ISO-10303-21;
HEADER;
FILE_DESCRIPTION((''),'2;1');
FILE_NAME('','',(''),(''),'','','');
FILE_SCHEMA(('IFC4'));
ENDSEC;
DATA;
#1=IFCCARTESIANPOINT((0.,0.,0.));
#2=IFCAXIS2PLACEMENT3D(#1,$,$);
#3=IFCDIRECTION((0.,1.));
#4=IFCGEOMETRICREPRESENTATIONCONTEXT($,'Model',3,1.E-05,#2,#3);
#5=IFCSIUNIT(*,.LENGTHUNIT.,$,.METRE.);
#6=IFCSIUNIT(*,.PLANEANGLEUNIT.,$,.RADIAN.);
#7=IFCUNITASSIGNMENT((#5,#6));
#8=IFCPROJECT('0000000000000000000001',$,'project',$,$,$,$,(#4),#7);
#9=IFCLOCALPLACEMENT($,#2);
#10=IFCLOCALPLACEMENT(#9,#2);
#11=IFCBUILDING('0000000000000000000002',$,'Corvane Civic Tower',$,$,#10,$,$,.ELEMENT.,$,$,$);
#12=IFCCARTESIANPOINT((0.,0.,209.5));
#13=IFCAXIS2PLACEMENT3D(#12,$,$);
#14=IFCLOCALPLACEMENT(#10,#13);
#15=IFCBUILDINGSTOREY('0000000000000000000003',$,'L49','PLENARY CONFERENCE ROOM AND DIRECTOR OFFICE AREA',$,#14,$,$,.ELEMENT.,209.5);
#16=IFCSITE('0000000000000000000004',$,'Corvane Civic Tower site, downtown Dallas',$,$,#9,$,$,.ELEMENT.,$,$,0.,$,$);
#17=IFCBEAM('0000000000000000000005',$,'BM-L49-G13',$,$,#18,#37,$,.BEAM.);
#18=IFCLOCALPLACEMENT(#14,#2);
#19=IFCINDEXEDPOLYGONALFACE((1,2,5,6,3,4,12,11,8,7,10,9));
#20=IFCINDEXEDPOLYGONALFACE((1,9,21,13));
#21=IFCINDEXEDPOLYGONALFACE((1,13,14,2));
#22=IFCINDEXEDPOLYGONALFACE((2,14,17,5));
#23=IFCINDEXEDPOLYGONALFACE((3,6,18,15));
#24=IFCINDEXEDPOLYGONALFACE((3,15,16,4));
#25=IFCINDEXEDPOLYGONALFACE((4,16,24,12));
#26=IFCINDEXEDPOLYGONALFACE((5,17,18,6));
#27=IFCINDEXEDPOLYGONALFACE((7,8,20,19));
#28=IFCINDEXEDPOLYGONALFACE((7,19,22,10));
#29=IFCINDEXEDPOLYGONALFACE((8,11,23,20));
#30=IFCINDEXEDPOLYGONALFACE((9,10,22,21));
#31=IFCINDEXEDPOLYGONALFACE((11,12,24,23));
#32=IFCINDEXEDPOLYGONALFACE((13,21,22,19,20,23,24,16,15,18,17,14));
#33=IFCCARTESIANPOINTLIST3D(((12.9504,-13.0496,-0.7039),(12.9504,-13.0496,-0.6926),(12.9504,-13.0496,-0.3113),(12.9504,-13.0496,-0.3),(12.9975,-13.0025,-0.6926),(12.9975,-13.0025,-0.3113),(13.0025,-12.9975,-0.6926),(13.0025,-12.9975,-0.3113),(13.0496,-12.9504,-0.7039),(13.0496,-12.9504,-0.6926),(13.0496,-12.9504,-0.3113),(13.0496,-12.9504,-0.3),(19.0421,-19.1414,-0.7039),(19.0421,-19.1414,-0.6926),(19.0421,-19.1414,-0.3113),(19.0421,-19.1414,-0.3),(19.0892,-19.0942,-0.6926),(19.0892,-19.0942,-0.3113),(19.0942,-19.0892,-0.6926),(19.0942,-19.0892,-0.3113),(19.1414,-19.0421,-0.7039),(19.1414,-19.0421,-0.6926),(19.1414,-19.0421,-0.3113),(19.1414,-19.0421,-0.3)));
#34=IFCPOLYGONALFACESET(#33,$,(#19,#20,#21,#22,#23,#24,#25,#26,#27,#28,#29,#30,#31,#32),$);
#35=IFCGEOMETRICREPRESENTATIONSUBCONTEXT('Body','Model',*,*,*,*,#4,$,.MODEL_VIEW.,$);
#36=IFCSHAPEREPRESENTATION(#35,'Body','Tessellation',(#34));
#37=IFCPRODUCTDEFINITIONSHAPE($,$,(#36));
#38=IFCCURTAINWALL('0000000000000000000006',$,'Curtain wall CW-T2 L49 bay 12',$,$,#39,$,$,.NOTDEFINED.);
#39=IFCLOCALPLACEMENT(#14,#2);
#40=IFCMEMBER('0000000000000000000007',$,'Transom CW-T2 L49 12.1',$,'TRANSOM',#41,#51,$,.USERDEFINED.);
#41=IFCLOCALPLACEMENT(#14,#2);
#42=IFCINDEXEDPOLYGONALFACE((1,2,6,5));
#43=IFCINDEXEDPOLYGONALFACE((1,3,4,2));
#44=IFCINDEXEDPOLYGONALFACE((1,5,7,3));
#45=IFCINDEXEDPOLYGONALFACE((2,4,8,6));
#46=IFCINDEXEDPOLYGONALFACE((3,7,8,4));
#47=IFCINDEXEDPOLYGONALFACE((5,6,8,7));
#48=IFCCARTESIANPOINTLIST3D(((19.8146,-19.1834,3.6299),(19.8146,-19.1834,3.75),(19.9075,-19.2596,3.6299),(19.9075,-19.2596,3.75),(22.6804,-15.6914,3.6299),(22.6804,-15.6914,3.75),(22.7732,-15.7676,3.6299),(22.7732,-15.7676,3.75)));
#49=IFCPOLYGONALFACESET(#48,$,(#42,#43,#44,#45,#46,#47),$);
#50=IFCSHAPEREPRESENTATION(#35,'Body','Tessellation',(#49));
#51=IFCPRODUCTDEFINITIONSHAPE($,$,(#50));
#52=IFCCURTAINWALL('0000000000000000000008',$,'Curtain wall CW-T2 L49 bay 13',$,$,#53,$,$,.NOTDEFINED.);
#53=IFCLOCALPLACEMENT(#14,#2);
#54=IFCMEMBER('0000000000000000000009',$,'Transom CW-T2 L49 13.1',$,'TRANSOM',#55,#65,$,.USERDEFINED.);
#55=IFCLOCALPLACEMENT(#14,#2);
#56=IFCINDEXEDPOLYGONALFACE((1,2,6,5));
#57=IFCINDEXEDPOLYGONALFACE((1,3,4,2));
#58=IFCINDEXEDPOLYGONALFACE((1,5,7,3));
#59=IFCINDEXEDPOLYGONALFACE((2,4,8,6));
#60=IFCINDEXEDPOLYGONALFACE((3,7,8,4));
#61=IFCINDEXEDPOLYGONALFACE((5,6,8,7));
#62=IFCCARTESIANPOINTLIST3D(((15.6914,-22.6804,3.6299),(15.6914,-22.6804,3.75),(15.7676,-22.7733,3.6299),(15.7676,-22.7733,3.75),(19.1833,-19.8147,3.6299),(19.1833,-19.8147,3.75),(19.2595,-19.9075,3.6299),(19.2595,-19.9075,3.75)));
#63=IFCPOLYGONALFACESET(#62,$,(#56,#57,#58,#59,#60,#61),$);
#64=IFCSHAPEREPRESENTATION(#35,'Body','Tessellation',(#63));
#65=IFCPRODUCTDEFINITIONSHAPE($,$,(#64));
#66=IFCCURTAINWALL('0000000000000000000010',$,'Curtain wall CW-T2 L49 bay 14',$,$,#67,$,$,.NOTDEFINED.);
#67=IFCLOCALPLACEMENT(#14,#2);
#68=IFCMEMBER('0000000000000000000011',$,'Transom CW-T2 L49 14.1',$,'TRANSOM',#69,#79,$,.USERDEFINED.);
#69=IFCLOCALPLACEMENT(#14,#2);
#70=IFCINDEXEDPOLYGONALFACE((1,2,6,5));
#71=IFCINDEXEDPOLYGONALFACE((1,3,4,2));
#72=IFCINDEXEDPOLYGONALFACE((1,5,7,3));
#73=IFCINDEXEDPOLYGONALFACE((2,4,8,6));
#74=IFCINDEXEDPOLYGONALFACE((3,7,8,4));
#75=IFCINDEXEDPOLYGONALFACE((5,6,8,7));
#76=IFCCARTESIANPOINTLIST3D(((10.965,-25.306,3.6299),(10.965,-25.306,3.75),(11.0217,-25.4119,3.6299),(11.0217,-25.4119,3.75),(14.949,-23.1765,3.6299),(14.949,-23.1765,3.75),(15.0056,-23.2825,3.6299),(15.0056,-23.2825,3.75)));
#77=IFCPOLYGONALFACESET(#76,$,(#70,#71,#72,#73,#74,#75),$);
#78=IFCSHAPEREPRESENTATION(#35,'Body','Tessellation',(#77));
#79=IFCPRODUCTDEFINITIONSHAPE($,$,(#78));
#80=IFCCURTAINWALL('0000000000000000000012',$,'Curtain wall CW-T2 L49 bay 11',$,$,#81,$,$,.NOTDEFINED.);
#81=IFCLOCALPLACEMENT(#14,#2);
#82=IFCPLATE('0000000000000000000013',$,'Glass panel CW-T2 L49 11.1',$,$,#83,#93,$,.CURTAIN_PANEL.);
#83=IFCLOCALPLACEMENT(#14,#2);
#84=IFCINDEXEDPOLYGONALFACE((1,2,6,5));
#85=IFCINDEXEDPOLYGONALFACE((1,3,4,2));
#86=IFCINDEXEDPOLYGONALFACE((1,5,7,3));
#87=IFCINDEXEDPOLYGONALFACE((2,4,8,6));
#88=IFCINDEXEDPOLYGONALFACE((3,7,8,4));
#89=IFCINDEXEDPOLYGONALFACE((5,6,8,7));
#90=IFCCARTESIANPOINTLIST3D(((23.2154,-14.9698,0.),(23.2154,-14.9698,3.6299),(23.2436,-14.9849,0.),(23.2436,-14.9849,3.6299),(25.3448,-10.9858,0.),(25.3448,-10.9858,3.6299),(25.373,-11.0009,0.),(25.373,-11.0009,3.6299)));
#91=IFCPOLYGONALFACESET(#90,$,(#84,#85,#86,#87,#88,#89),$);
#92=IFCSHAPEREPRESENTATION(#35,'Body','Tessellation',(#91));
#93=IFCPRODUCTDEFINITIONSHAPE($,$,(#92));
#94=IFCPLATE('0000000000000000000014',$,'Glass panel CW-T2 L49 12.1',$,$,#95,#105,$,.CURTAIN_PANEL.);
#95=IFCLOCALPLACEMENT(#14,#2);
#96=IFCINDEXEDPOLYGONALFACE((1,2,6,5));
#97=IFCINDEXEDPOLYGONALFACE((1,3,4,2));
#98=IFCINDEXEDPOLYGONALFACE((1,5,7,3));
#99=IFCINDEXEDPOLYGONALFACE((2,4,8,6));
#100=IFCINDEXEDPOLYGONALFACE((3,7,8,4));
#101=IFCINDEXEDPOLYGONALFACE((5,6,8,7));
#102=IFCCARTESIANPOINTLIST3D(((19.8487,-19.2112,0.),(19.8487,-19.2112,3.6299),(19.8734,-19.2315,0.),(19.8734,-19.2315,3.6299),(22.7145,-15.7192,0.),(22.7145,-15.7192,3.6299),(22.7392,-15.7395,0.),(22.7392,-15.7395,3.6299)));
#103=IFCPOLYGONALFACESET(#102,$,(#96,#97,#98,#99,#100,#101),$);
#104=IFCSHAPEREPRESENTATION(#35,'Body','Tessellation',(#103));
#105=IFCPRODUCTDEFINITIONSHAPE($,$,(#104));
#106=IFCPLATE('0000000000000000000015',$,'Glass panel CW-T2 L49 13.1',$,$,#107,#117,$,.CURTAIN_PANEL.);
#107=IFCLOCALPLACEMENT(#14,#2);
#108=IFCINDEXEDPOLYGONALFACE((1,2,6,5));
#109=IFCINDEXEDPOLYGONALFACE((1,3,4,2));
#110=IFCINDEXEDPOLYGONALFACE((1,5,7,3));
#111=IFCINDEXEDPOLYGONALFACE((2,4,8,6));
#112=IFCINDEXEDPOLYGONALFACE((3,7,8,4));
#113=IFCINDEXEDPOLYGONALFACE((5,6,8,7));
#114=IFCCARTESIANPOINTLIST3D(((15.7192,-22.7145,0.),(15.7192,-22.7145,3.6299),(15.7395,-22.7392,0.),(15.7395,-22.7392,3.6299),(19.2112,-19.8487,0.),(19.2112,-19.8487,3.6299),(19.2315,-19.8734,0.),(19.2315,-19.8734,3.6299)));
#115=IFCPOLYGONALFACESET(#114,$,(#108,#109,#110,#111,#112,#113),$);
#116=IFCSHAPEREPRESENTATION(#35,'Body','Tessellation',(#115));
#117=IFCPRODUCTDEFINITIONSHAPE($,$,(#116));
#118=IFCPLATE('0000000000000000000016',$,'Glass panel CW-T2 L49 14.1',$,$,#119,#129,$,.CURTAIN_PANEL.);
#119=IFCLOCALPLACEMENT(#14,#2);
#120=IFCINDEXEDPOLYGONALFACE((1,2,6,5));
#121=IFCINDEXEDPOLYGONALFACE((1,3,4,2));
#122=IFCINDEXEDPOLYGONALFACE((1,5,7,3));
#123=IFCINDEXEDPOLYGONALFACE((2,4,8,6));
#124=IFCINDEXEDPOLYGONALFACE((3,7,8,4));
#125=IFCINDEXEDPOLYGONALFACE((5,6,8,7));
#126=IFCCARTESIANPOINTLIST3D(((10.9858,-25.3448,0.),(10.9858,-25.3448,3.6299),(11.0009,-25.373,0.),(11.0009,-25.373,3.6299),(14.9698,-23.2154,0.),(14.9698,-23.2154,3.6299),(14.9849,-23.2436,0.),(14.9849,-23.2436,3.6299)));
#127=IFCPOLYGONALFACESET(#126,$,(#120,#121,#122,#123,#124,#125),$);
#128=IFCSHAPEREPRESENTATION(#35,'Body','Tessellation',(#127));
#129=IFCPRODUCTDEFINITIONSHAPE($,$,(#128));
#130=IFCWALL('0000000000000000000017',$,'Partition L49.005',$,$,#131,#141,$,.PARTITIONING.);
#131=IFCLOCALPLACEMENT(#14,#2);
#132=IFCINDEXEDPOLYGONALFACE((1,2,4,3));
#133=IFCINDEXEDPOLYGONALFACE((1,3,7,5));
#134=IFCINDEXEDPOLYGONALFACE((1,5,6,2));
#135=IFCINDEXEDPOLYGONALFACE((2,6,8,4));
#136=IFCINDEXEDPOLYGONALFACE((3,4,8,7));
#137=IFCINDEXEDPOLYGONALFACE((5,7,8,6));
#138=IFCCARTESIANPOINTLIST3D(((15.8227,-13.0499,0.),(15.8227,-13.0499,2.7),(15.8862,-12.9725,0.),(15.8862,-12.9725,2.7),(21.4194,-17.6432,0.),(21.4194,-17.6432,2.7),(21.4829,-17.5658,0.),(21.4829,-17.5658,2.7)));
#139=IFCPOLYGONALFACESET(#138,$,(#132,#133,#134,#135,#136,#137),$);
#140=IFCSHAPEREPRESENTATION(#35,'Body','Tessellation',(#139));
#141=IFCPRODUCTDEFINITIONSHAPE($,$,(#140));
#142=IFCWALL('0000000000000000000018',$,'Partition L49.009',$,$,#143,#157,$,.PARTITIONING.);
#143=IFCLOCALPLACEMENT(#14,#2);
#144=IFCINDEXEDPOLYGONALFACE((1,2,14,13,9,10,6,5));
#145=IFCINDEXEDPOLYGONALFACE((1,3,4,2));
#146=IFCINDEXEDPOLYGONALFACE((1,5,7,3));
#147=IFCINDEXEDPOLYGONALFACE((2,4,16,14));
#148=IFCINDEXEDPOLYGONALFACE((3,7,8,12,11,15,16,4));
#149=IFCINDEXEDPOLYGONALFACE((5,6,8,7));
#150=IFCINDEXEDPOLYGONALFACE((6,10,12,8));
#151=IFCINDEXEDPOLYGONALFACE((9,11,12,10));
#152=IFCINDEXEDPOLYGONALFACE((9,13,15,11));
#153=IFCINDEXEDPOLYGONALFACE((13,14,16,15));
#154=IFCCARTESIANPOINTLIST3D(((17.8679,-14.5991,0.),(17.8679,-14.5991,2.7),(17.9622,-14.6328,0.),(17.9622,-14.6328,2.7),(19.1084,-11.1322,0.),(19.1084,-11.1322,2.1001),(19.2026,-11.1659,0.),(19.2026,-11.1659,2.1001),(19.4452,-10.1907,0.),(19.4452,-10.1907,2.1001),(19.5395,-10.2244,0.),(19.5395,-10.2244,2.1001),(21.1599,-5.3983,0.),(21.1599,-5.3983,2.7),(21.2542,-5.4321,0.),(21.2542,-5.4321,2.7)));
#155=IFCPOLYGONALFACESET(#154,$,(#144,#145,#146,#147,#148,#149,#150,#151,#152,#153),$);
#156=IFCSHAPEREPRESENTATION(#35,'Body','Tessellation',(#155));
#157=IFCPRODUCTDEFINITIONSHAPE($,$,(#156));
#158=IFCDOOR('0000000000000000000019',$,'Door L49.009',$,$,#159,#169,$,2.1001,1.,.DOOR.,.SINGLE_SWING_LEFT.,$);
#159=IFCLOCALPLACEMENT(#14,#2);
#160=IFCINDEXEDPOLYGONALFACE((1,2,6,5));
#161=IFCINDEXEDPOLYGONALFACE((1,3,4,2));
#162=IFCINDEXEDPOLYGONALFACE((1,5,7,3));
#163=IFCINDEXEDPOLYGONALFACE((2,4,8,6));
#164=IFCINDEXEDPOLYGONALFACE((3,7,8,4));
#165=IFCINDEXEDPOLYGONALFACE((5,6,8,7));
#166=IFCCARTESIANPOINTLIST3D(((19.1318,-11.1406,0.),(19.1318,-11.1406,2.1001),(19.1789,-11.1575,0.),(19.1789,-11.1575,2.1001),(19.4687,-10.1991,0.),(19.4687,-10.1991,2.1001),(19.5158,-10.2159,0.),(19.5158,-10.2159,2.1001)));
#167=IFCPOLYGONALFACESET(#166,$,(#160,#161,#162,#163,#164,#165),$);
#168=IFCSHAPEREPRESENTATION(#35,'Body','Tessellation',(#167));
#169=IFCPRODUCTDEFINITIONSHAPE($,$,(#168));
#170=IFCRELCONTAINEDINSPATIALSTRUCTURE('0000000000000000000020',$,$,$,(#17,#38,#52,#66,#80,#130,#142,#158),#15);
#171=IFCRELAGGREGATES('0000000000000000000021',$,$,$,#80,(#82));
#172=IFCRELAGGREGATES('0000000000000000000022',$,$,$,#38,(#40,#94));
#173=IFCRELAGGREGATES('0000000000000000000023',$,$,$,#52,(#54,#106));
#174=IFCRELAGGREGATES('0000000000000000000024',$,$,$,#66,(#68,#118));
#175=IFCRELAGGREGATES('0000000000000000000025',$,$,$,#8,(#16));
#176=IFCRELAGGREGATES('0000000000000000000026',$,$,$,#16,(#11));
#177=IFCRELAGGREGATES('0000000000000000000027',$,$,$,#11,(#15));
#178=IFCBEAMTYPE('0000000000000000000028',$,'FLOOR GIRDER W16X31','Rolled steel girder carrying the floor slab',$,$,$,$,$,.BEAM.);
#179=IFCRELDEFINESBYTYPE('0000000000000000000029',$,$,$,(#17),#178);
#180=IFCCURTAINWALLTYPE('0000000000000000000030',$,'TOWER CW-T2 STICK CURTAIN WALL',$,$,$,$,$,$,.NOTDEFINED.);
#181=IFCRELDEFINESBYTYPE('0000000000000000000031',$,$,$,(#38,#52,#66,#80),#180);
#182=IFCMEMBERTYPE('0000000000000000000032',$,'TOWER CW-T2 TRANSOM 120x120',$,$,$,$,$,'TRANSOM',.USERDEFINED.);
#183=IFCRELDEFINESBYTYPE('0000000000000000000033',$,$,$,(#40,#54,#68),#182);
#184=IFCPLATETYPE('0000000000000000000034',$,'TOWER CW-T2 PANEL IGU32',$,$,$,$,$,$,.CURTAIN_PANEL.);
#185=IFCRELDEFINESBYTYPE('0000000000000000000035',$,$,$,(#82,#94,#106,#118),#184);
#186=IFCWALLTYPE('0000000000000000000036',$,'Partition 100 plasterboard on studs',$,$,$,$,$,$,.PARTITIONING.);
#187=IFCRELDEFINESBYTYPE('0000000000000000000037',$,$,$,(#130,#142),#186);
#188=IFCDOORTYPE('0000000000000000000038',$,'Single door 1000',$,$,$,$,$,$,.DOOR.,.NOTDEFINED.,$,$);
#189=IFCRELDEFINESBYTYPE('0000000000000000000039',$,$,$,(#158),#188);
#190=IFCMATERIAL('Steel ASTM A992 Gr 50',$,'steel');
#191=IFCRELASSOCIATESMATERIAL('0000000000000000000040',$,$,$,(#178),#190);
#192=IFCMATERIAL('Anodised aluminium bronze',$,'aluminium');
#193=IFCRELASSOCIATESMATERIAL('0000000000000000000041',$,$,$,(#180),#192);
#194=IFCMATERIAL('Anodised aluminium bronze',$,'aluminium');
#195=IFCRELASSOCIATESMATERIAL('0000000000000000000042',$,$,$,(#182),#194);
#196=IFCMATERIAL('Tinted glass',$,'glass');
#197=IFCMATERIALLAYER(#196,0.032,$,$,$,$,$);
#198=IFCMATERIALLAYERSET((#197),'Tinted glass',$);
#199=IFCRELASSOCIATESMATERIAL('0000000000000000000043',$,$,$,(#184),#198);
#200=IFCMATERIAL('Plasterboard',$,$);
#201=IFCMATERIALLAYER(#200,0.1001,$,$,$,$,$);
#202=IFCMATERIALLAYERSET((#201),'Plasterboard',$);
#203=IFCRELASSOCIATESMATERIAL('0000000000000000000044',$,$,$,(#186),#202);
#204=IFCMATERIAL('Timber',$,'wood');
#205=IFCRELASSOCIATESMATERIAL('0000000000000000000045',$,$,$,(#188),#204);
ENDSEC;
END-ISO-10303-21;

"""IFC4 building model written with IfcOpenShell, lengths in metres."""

from ifc_helpers import new_model, si_unit, direction, frame, frame_2d, origin, origin_2d, place, context, subcontext, project, spatial, rectangle, i_section, extrude, material, layer, layer_set, material_profile, profile_set, type_object, element, fill, aggregate, save


model = new_model("IFC4")

# Units and contexts
model_context = context("Model", 3, precision=1e-05, world=origin(), true_north=direction((0.0, 1.0)))
body_context = subcontext(model_context, "Body", "Model", "MODEL_VIEW")
ifc_project = project(units=[si_unit("LENGTHUNIT", "METRE"), si_unit("PLANEANGLEUNIT", "RADIAN")], contexts=[model_context])

# Site, building, storey
site_placement = place(None, origin())
site = spatial("IfcSite", under=ifc_project, at=site_placement, Name="Corvane Civic Tower site, downtown Dallas", CompositionType="ELEMENT", RefElevation=0.0)
building_placement = place(site_placement, origin())
building = spatial("IfcBuilding", under=site, at=building_placement, Name="Corvane Civic Tower", CompositionType="ELEMENT")
storey_placement = place(building_placement, frame((0.0, 0.0, 209.5)))
storey = spatial("IfcBuildingStorey", under=building, at=storey_placement, Name="L49", Description="PLENARY CONFERENCE ROOM AND DIRECTOR OFFICE AREA", CompositionType="ELEMENT", Elevation=209.5)

# Beam
ifc_material_1 = material(Name="Steel ASTM A992 Gr 50", Category="steel")
ifc_material_profile_1 = material_profile(ifc_material_1, i_section(OverallWidth=0.1404, OverallDepth=0.4038, WebThickness=0.0071, FlangeThickness=0.0112, at=origin_2d()), Name="W16X31")
ifc_profile_set_1 = profile_set([ifc_material_profile_1], Name="Steel ASTM A992 Gr 50")
beam_type_1 = type_object("IfcBeamType", Name="FLOOR GIRDER W16X31", Description="Rolled steel girder carrying the floor slab", PredefinedType="BEAM", material=ifc_profile_set_1)
beam_placement = place(storey_placement, frame((13.0, -13.0, -0.502), z_axis=(0.707107, -0.707107, 0.0), x_axis=(0.707107, 0.707107, 0.0)))
element("IfcBeam", 1, at=beam_placement, inside=storey, type_object=beam_type_1, Name="BM-L49-G13", PredefinedType="BEAM", context=body_context, shape_type="SweptSolid", body=[
    extrude(i_section(OverallWidth=0.1404, OverallDepth=0.4038, WebThickness=0.0071, FlangeThickness=0.0112, at=origin_2d()), origin(), (0.0, 0.0, 1.0), 8.615),
])

# Curtain walls, members
ifc_material_2 = material(Name="Anodised aluminium bronze", Category="aluminium")
curtain_wall_type = type_object("IfcCurtainWallType", Name="TOWER CW-T2 STICK CURTAIN WALL", PredefinedType="NOTDEFINED", material=ifc_material_2)
curtain_wall_1_placement = place(storey_placement, origin())
curtain_wall_1 = element("IfcCurtainWall", 2, at=curtain_wall_1_placement, inside=storey, type_object=curtain_wall_type, Name="Curtain wall CW-T2 L49 bay 12", PredefinedType="NOTDEFINED")
ifc_material_3 = material(Name="Anodised aluminium bronze", Category="aluminium")
ifc_material_profile_2 = material_profile(ifc_material_3, rectangle(XDim=0.1201, YDim=0.1201, at=origin_2d()), Name="TOWER CW-T2 TRANSOM 120x120")
ifc_profile_set_2 = profile_set([ifc_material_profile_2], Name="Anodised aluminium bronze")
member_type = type_object("IfcMemberType", Name="TOWER CW-T2 TRANSOM 120x120", ElementType="TRANSOM", PredefinedType="USERDEFINED", material=ifc_profile_set_2)
member_1_placement = place(storey_placement, frame((22.7268, -15.7295, 3.6899), z_axis=(-0.634388, -0.773015, 0.0), x_axis=(0.773015, -0.634388, 0.0)))
member_1 = element("IfcMember", 3, at=member_1_placement, type_object=member_type, Name="Transom CW-T2 L49 12.1", ObjectType="TRANSOM", PredefinedType="USERDEFINED", context=body_context, shape_type="SweptSolid", body=[
    extrude(rectangle(XDim=0.1201, YDim=0.1201, at=origin_2d()), origin(), (0.0, 0.0, 1.0), 4.5173),
])
curtain_wall_2_placement = place(storey_placement, origin())
curtain_wall_2 = element("IfcCurtainWall", 4, at=curtain_wall_2_placement, inside=storey, type_object=curtain_wall_type, Name="Curtain wall CW-T2 L49 bay 13", PredefinedType="NOTDEFINED")
member_2_placement = place(storey_placement, frame((19.2214, -19.8611, 3.6899), z_axis=(-0.773015, -0.634388, 0.0), x_axis=(0.634388, -0.773015, 0.0)))
member_2 = element("IfcMember", 5, at=member_2_placement, type_object=member_type, Name="Transom CW-T2 L49 13.1", ObjectType="TRANSOM", PredefinedType="USERDEFINED", context=body_context, shape_type="SweptSolid", body=[
    extrude(rectangle(XDim=0.1201, YDim=0.1201, at=origin_2d()), origin(), (0.0, 0.0, 1.0), 4.5173),
])
curtain_wall_3_placement = place(storey_placement, origin())
curtain_wall_3 = element("IfcCurtainWall", 6, at=curtain_wall_3_placement, inside=storey, type_object=curtain_wall_type, Name="Curtain wall CW-T2 L49 bay 14", PredefinedType="NOTDEFINED")
member_3_placement = place(storey_placement, frame((14.9773, -23.2295, 3.6899), z_axis=(-0.881925, -0.47139, 0.0), x_axis=(0.47139, -0.881925, 0.0)))
member_3 = element("IfcMember", 7, at=member_3_placement, type_object=member_type, Name="Transom CW-T2 L49 14.1", ObjectType="TRANSOM", PredefinedType="USERDEFINED", context=body_context, shape_type="SweptSolid", body=[
    extrude(rectangle(XDim=0.1201, YDim=0.1201, at=origin_2d()), origin(), (0.0, 0.0, 1.0), 4.5173),
])

# Curtain wall, plate
curtain_wall_4_placement = place(storey_placement, origin())
curtain_wall_4 = element("IfcCurtainWall", 8, at=curtain_wall_4_placement, inside=storey, type_object=curtain_wall_type, Name="Curtain wall CW-T2 L49 bay 11", PredefinedType="NOTDEFINED")
ifc_material_4 = material(Name="Tinted glass", Category="glass")
ifc_layer_1 = layer(ifc_material_4, 0.032)
ifc_layer_set_1 = layer_set([ifc_layer_1], Name="Tinted glass")
plate_type = type_object("IfcPlateType", Name="TOWER CW-T2 PANEL IGU32", PredefinedType="CURTAIN_PANEL", material=ifc_layer_set_1)
plate_1_placement = place(storey_placement, frame((24.2942, -12.9854, 0.0), z_axis=(0.0, 0.0, 1.0), x_axis=(-0.471398, -0.88192, 0.0)))
plate_1 = element("IfcPlate", 9, at=plate_1_placement, type_object=plate_type, Name="Glass panel CW-T2 L49 11.1", PredefinedType="CURTAIN_PANEL", context=body_context, shape_type="SweptSolid", body=[
    extrude(rectangle(XDim=4.5173, YDim=0.032, at=origin_2d()), origin(), (0.0, 0.0, 1.0), 3.6299),
])
aggregate(curtain_wall_4, [plate_1])

# Plates
plate_2_placement = place(storey_placement, frame((21.2939, -17.4753, 0.0), z_axis=(0.0, 0.0, 1.0), x_axis=(-0.634391, -0.773012, 0.0)))
plate_2 = element("IfcPlate", 10, at=plate_2_placement, type_object=plate_type, Name="Glass panel CW-T2 L49 12.1", PredefinedType="CURTAIN_PANEL", context=body_context, shape_type="SweptSolid", body=[
    extrude(rectangle(XDim=4.5173, YDim=0.032, at=origin_2d()), origin(), (0.0, 0.0, 1.0), 3.6299),
])
aggregate(curtain_wall_1, [member_1, plate_2])
plate_3_placement = place(storey_placement, frame((17.4753, -21.2939, 0.0), z_axis=(0.0, 0.0, 1.0), x_axis=(-0.773012, -0.634391, 0.0)))
plate_3 = element("IfcPlate", 11, at=plate_3_placement, type_object=plate_type, Name="Glass panel CW-T2 L49 13.1", PredefinedType="CURTAIN_PANEL", context=body_context, shape_type="SweptSolid", body=[
    extrude(rectangle(XDim=4.5173, YDim=0.032, at=origin_2d()), origin(), (0.0, 0.0, 1.0), 3.6299),
])
aggregate(curtain_wall_2, [member_2, plate_3])
plate_4_placement = place(storey_placement, frame((12.9854, -24.2942, 0.0), z_axis=(0.0, 0.0, 1.0), x_axis=(-0.88192, -0.471398, 0.0)))
plate_4 = element("IfcPlate", 12, at=plate_4_placement, type_object=plate_type, Name="Glass panel CW-T2 L49 14.1", PredefinedType="CURTAIN_PANEL", context=body_context, shape_type="SweptSolid", body=[
    extrude(rectangle(XDim=4.5173, YDim=0.032, at=origin_2d()), origin(), (0.0, 0.0, 1.0), 3.6299),
])
aggregate(curtain_wall_3, [member_3, plate_4])

# Wall
ifc_material_5 = material(Name="Plasterboard")
ifc_layer_2 = layer(ifc_material_5, 0.1001)
ifc_layer_set_2 = layer_set([ifc_layer_2], Name="Plasterboard")
wall_type_1 = type_object("IfcWallType", Name="Partition 100 plasterboard on studs", PredefinedType="PARTITIONING", material=ifc_layer_set_2)
wall_1_placement = place(storey_placement, frame((15.8545, -13.0112, 0.0), z_axis=(0.0, 0.0, 1.0), x_axis=(0.772998, -0.634409, 0.0)))
element("IfcWall", 13, at=wall_1_placement, inside=storey, type_object=wall_type_1, Name="Partition L49.005", PredefinedType="PARTITIONING", context=body_context, shape_type="SweptSolid", body=[
    extrude(rectangle(XDim=7.2402, YDim=0.1001, at=frame_2d((3.6201, 0.0))), origin(), (0.0, 0.0, 1.0), 2.7),
])

# Wall, opening, door
wall_2_placement = place(storey_placement, frame((17.915, -14.616, 0.0), z_axis=(0.0, 0.0, 1.0), x_axis=(0.336884, 0.941546, 0.0)))
wall_2 = element("IfcWall", 14, at=wall_2_placement, inside=storey, type_object=wall_type_1, Name="Partition L49.009", PredefinedType="PARTITIONING", context=body_context, shape_type="SweptSolid", body=[
    extrude(rectangle(XDim=9.772, YDim=0.1001, at=frame_2d((4.886, 0.0))), origin(), (0.0, 0.0, 1.0), 2.7),
])
opening_1_placement = place(wall_2_placement, frame((3.6821, 0.0, 0.0)))
opening_1 = element("IfcOpeningElement", 15, at=opening_1_placement, cuts=wall_2, PredefinedType="OPENING", context=body_context, shape_type="SweptSolid", body=[
    extrude(rectangle(XDim=1.0, YDim=2.1001, at=frame_2d((0.5, 1.05))), frame((0.0, 0.0601, 0.0), z_axis=(0.0, -1.0, 0.0), x_axis=(1.0, 0.0, 0.0)), (0.0, 0.0, 1.0), 0.1201),
])
ifc_material_6 = material(Name="Timber", Category="wood")
door_type_1 = type_object("IfcDoorType", Name="Single door 1000", OperationType="NOTDEFINED", PredefinedType="DOOR", material=ifc_material_6)
door_1_placement = place(opening_1_placement, frame((1.0, 0.0, 0.0), z_axis=(0.0, 0.0, 1.0), x_axis=(-1.0, 0.0, 0.0)))
door_1 = element("IfcDoor", 16, at=door_1_placement, inside=storey, type_object=door_type_1, Name="Door L49.009", OperationType="SINGLE_SWING_LEFT", OverallHeight=2.1001, OverallWidth=1.0, PredefinedType="DOOR", context=body_context, shape_type="SweptSolid", body=[
    extrude(rectangle(XDim=1.0, YDim=2.1001, at=frame_2d((0.5, 1.05))), frame((0.0, 0.0249, 0.0), z_axis=(0.0, -1.0, 0.0), x_axis=(1.0, 0.0, 0.0)), (0.0, 0.0, 1.0), 0.05),
])
fill(opening_1, door_1)

save(model, "model.ifc")
